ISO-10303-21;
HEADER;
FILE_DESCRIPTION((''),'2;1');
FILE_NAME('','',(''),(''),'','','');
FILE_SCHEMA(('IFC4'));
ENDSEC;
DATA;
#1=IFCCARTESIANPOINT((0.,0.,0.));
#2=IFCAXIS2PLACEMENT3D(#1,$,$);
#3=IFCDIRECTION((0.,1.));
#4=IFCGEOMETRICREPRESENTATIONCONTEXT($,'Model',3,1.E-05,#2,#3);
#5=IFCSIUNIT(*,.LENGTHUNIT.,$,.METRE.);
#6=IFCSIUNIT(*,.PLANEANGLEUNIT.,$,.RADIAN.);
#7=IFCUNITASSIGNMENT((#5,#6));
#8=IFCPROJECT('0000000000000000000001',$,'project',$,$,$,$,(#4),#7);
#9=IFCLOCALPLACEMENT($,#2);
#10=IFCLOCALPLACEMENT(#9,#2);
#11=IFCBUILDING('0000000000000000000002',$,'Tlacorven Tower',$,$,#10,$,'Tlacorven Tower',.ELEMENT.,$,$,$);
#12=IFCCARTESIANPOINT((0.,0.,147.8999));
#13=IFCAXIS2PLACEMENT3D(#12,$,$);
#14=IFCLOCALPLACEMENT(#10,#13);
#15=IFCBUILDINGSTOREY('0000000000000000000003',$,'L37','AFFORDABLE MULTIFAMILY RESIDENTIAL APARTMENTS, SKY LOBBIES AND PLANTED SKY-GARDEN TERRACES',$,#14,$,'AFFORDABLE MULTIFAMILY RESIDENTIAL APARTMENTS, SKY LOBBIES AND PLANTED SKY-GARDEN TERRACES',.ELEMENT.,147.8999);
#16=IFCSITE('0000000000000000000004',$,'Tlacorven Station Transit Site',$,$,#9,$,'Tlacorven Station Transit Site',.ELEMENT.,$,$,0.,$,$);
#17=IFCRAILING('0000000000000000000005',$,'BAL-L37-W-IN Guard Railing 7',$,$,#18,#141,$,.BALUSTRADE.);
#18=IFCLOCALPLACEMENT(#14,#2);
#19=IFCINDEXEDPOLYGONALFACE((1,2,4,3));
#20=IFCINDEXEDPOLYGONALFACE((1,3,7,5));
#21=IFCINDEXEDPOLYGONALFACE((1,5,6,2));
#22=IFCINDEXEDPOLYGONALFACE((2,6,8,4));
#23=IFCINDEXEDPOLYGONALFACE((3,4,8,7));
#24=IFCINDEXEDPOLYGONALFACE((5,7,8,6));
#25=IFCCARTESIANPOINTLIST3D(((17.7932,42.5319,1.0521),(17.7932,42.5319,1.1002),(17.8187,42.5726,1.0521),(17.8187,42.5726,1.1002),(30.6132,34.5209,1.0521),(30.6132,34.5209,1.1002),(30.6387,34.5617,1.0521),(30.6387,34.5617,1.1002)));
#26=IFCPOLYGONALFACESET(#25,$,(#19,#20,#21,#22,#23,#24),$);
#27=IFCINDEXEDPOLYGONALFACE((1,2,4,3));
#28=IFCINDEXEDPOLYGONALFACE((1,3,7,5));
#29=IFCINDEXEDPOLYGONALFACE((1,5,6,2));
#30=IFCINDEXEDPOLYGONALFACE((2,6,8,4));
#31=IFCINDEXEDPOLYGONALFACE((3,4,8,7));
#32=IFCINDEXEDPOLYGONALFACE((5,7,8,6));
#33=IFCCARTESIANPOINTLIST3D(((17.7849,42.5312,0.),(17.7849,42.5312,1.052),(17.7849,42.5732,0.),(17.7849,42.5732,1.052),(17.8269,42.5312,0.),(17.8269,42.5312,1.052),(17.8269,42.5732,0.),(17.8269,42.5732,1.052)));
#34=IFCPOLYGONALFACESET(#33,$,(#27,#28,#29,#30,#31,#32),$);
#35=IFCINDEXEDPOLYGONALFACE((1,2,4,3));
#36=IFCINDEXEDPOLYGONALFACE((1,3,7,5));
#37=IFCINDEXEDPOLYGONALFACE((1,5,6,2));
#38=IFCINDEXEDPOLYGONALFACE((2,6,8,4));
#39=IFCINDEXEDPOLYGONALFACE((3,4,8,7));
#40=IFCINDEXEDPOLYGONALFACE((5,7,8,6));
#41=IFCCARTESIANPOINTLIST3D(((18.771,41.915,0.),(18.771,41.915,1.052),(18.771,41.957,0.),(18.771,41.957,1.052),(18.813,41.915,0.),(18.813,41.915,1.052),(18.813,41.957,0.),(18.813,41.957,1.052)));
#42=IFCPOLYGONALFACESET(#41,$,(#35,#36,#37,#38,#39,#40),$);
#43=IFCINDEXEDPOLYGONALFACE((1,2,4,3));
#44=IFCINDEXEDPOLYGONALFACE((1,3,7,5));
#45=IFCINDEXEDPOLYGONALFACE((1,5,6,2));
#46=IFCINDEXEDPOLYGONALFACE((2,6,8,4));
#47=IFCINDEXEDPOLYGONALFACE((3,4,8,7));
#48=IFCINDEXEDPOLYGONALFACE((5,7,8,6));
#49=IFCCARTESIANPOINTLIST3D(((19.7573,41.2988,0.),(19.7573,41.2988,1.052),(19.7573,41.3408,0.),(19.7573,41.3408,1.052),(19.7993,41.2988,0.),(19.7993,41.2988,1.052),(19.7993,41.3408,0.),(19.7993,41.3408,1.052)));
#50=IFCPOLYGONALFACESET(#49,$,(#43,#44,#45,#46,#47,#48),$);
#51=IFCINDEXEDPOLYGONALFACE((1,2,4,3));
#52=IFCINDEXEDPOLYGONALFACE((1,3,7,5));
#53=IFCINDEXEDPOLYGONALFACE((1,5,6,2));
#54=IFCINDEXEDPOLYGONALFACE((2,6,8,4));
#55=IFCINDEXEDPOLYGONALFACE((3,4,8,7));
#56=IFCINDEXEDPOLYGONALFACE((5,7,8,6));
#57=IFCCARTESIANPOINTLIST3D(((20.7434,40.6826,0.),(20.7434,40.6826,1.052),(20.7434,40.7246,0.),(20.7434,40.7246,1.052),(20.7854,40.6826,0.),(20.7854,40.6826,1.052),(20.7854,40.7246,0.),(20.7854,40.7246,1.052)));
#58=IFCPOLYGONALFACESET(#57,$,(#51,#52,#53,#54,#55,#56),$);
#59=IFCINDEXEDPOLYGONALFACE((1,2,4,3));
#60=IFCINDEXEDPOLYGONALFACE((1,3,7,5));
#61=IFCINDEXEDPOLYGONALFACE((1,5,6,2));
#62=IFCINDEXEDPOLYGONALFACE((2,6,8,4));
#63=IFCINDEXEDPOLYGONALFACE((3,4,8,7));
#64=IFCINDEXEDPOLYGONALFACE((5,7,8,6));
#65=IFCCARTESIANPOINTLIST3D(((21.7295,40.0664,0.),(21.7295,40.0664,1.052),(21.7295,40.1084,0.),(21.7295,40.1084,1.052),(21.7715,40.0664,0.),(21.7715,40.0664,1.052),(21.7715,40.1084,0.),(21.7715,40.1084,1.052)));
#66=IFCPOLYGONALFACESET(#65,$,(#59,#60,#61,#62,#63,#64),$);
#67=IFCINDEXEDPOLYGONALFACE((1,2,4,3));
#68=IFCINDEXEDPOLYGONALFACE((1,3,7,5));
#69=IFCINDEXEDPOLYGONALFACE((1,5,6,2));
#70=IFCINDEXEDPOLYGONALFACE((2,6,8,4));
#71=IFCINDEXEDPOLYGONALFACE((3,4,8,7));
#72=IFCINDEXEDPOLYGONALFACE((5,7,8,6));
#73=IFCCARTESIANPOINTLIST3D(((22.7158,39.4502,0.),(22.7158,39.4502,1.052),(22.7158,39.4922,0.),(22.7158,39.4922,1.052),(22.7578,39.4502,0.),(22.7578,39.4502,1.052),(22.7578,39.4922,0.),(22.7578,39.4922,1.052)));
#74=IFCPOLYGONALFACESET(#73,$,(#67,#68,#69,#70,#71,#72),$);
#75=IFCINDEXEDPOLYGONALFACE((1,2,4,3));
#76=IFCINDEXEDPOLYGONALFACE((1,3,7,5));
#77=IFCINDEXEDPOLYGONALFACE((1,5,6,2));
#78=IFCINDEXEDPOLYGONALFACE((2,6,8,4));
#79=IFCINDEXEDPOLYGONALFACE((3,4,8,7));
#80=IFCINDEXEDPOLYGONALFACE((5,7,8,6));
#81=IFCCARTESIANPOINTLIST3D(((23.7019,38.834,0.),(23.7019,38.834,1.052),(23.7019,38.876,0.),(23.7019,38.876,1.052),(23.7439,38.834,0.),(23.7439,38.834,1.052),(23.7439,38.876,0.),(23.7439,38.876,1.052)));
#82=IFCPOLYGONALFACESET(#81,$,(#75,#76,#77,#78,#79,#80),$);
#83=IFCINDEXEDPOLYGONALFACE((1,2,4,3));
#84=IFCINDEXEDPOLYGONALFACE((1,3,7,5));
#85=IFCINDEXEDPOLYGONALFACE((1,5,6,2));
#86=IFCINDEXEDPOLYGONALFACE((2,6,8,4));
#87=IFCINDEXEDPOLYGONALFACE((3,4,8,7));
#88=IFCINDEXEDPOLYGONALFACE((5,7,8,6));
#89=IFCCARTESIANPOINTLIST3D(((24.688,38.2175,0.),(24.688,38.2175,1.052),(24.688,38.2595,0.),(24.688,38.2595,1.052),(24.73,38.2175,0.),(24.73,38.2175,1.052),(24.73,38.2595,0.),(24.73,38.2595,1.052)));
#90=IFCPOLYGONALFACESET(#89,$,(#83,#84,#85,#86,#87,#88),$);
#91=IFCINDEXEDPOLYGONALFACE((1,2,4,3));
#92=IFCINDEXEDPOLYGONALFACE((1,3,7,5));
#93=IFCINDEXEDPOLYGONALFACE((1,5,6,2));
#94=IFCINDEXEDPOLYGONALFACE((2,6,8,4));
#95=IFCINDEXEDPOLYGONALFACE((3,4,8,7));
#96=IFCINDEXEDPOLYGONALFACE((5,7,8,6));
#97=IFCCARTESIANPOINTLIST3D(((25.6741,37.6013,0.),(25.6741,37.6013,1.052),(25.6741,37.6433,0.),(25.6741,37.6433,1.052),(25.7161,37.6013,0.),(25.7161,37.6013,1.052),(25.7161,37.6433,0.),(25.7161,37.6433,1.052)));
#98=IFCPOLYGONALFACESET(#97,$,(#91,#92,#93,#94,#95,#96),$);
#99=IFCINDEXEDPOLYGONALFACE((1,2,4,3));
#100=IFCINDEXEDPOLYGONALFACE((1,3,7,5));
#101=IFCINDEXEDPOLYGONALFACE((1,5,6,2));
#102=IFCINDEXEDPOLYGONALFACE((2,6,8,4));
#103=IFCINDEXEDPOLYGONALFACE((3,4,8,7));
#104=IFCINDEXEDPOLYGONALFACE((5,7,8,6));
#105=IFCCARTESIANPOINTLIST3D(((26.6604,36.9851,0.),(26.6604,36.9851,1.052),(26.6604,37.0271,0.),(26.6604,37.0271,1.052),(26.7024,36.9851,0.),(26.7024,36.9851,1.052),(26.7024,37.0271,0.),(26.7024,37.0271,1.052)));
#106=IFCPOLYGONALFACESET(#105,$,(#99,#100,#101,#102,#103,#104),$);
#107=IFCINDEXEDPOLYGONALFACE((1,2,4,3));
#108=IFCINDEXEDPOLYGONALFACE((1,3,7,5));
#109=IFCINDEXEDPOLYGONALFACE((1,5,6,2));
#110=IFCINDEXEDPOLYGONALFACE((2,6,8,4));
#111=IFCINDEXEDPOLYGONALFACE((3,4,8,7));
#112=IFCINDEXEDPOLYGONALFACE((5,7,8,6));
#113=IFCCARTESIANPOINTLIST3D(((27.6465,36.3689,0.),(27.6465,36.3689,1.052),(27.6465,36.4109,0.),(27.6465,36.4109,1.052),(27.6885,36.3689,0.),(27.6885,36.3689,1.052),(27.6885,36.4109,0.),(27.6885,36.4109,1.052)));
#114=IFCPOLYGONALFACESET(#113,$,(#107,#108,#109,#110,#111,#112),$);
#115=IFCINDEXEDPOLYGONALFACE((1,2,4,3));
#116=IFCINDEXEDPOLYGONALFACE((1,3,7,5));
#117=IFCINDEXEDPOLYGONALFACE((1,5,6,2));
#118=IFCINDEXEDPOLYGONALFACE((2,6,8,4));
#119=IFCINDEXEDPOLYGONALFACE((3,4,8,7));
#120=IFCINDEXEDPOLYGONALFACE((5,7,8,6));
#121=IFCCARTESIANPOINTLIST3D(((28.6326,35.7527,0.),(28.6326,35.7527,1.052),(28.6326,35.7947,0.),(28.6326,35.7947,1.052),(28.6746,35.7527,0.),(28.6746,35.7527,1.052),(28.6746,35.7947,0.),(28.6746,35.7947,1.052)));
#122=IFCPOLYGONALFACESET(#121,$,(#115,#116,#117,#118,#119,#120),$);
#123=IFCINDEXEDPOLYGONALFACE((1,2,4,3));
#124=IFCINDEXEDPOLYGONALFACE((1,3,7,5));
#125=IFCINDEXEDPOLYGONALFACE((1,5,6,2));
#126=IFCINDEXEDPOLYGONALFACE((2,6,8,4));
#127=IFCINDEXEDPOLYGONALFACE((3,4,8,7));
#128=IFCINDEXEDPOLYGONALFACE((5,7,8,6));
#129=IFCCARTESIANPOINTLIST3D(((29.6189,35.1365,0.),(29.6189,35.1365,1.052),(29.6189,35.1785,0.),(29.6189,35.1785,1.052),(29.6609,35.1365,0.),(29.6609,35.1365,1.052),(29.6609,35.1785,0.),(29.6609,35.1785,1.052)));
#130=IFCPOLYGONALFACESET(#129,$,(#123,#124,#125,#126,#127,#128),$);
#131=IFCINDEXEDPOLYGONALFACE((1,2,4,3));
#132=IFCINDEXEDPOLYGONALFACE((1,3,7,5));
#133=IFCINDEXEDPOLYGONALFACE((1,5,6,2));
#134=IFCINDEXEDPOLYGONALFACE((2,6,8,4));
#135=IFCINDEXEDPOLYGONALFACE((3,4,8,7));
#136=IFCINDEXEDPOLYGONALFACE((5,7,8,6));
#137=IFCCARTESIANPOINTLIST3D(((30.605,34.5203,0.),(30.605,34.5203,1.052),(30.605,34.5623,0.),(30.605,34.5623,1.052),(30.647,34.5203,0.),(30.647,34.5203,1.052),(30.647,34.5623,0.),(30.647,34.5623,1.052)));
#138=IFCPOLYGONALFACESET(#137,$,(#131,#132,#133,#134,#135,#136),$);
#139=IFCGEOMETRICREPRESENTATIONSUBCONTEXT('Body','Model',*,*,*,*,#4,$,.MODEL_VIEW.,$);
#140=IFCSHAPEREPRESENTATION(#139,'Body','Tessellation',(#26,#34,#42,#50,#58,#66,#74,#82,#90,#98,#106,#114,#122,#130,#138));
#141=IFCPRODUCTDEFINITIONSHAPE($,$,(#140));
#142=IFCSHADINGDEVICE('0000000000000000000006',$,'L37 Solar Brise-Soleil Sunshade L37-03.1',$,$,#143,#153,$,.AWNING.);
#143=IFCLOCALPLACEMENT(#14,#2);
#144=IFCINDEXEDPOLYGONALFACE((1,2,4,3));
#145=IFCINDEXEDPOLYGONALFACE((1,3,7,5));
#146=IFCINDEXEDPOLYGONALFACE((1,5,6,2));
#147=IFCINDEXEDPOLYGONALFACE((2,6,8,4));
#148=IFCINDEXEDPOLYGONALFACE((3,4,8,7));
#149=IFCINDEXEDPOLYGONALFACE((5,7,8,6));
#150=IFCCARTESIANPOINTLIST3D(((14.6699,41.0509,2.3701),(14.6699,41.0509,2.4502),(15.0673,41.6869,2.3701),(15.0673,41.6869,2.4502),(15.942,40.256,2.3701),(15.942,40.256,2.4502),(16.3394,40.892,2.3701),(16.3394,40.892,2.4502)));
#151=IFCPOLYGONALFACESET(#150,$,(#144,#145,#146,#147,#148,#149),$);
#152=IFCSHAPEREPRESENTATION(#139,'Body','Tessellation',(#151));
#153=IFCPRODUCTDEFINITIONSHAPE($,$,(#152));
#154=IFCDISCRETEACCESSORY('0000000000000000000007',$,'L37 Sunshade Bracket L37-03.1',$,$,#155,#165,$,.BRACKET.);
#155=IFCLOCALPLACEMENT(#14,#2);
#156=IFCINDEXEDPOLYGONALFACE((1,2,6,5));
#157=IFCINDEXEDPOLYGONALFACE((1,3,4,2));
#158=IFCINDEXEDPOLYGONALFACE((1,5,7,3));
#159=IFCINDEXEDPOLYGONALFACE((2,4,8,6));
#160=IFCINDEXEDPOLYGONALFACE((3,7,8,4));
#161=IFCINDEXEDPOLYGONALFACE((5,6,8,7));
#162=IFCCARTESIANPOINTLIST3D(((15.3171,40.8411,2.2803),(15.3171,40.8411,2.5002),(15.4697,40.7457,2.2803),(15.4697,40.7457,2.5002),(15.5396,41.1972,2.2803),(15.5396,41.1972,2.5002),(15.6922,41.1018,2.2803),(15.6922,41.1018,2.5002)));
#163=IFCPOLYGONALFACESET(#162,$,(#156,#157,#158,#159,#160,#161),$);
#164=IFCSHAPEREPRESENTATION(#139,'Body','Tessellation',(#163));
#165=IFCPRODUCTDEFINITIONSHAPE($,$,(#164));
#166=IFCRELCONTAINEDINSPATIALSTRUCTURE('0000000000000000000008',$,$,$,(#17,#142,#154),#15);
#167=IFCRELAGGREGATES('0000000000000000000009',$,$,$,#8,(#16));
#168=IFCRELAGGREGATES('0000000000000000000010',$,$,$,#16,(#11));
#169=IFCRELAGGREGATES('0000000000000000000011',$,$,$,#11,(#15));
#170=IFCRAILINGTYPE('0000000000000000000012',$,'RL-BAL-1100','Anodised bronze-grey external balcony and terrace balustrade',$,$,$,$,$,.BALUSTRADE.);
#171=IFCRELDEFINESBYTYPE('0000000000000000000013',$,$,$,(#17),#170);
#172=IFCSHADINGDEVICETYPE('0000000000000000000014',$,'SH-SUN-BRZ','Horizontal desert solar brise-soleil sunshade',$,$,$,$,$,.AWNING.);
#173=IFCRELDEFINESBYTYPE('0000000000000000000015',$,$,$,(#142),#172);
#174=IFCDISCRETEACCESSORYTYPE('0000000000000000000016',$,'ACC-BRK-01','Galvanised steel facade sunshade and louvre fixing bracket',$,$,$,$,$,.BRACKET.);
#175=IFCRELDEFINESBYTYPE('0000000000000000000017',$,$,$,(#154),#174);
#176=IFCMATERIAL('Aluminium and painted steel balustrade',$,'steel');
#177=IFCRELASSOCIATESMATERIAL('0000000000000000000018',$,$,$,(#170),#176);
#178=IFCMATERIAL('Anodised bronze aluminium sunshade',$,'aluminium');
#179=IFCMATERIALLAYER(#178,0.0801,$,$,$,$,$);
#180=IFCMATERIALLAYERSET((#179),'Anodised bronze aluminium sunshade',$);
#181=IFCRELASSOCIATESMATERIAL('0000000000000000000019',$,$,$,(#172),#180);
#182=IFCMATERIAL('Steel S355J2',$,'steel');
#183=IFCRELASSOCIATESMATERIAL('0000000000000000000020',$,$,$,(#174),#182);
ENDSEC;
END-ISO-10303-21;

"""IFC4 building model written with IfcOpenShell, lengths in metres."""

from ifc_helpers import new_model, si_unit, direction, frame, origin, origin_2d, place, context, subcontext, project, spatial, rectangle, extrude, source, transform, mapped, material, layer, layer_set, type_object, element, save


model = new_model("IFC4")

# Units and contexts
model_context = context("Model", 3, precision=1e-05, world=origin(), true_north=direction((0.0, 1.0)))
body_context = subcontext(model_context, "Body", "Model", "MODEL_VIEW")
ifc_project = project(units=[si_unit("LENGTHUNIT", "METRE"), si_unit("PLANEANGLEUNIT", "RADIAN")], contexts=[model_context])

# Site, building, storey
site_placement = place(None, origin())
site = spatial("IfcSite", under=ifc_project, at=site_placement, Name="Tlacorven Station Transit Site", LongName="Tlacorven Station Transit Site", CompositionType="ELEMENT", RefElevation=0.0)
building_placement = place(site_placement, origin())
building = spatial("IfcBuilding", under=site, at=building_placement, Name="Tlacorven Tower", LongName="Tlacorven Tower", CompositionType="ELEMENT")
storey_placement = place(building_placement, frame((0.0, 0.0, 147.8999)))
storey = spatial("IfcBuildingStorey", under=building, at=storey_placement, Name="L37", Description="AFFORDABLE MULTIFAMILY RESIDENTIAL APARTMENTS, SKY LOBBIES AND PLANTED SKY-GARDEN TERRACES", LongName="AFFORDABLE MULTIFAMILY RESIDENTIAL APARTMENTS, SKY LOBBIES AND PLANTED SKY-GARDEN TERRACES", CompositionType="ELEMENT", Elevation=147.8999)

# Shared definitions
ifc_material_1 = material(Name="Steel S355J2", Category="steel")

# Railing
ifc_material_2 = material(Name="Aluminium and painted steel balustrade", Category="steel")
railing_type = type_object("IfcRailingType", Name="RL-BAL-1100", Description="Anodised bronze-grey external balcony and terrace balustrade", PredefinedType="BALUSTRADE", material=ifc_material_2)
shared_shape_1 = source(origin(), body_context, "Body", "SweptSolid", [
    extrude(rectangle(XDim=0.0481, YDim=0.0481, at=origin_2d()), frame((0.0, 0.0, 1.0762), z_axis=(0.848045, -0.529925, 0.0), x_axis=(0.529925, 0.848045, 0.0)), (0.0, 0.0, 1.0), 15.1172),
    extrude(rectangle(XDim=0.042, YDim=0.042, at=origin_2d()), origin(), (0.0, 0.0, 1.0), 1.052),
    extrude(rectangle(XDim=0.042, YDim=0.042, at=origin_2d()), frame((0.9861, -0.6162, 0.0)), (0.0, 0.0, 1.0), 1.052),
    extrude(rectangle(XDim=0.042, YDim=0.042, at=origin_2d()), frame((1.9724, -1.2324, 0.0)), (0.0, 0.0, 1.0), 1.052),
    extrude(rectangle(XDim=0.042, YDim=0.042, at=origin_2d()), frame((2.9585, -1.8486, 0.0)), (0.0, 0.0, 1.0), 1.052),
    extrude(rectangle(XDim=0.042, YDim=0.042, at=origin_2d()), frame((3.9446, -2.4648, 0.0)), (0.0, 0.0, 1.0), 1.052),
    extrude(rectangle(XDim=0.042, YDim=0.042, at=origin_2d()), frame((4.9309, -3.0811, 0.0)), (0.0, 0.0, 1.0), 1.052),
    extrude(rectangle(XDim=0.042, YDim=0.042, at=origin_2d()), frame((5.917, -3.6973, 0.0)), (0.0, 0.0, 1.0), 1.052),
    extrude(rectangle(XDim=0.042, YDim=0.042, at=origin_2d()), frame((6.9031, -4.3137, 0.0)), (0.0, 0.0, 1.0), 1.052),
    extrude(rectangle(XDim=0.042, YDim=0.042, at=origin_2d()), frame((7.8892, -4.9299, 0.0)), (0.0, 0.0, 1.0), 1.052),
    extrude(rectangle(XDim=0.042, YDim=0.042, at=origin_2d()), frame((8.8755, -5.5461, 0.0)), (0.0, 0.0, 1.0), 1.052),
    extrude(rectangle(XDim=0.042, YDim=0.042, at=origin_2d()), frame((9.8616, -6.1624, 0.0)), (0.0, 0.0, 1.0), 1.052),
    extrude(rectangle(XDim=0.042, YDim=0.042, at=origin_2d()), frame((10.8477, -6.7786, 0.0)), (0.0, 0.0, 1.0), 1.052),
    extrude(rectangle(XDim=0.042, YDim=0.042, at=origin_2d()), frame((11.834, -7.3948, 0.0)), (0.0, 0.0, 1.0), 1.052),
    extrude(rectangle(XDim=0.042, YDim=0.042, at=origin_2d()), frame((12.8201, -8.011, 0.0)), (0.0, 0.0, 1.0), 1.052),
])
railing_1_placement = place(storey_placement, frame((17.8059, 42.5522, 0.0)))
element("IfcRailing", 1, at=railing_1_placement, inside=storey, type_object=railing_type, Name="BAL-L37-W-IN Guard Railing 7", PredefinedType="BALUSTRADE", context=body_context, shape_type="MappedRepresentation", body=[
    mapped(shared_shape_1, transform((0.0, 0.0, 0.0), scale=1.0)),
])

# Shading device
ifc_material_3 = material(Name="Anodised bronze aluminium sunshade", Category="aluminium")
ifc_layer_1 = layer(ifc_material_3, 0.0801)
ifc_layer_set_1 = layer_set([ifc_layer_1], Name="Anodised bronze aluminium sunshade")
shading_device_type = type_object("IfcShadingDeviceType", Name="SH-SUN-BRZ", Description="Horizontal desert solar brise-soleil sunshade", PredefinedType="AWNING", material=ifc_layer_set_1)
shared_shape_2 = source(origin(), body_context, "Body", "SweptSolid", [
    extrude(rectangle(XDim=1.5, YDim=0.75, at=origin_2d()), origin(), (0.0, 0.0, 1.0), 0.0801),
])
shading_device_placement = place(storey_placement, frame((15.5046, 40.9714, 2.3701), z_axis=(0.0, 0.0, 1.0), x_axis=(0.848048, -0.529919, 0.0)))
element("IfcShadingDevice", 2, at=shading_device_placement, inside=storey, type_object=shading_device_type, Name="L37 Solar Brise-Soleil Sunshade L37-03.1", PredefinedType="AWNING", context=body_context, shape_type="MappedRepresentation", body=[
    mapped(shared_shape_2, transform((0.0, 0.0, 0.0), scale=1.0)),
])

# Discrete accessory
discrete_accessory_type = type_object("IfcDiscreteAccessoryType", Name="ACC-BRK-01", Description="Galvanised steel facade sunshade and louvre fixing bracket", PredefinedType="BRACKET", material=ifc_material_1)
shared_shape_3 = source(origin(), body_context, "Body", "SweptSolid", [
    extrude(rectangle(XDim=0.1799, YDim=0.4199, at=origin_2d()), origin(), (0.0, 0.0, 1.0), 0.22),
])
discrete_accessory_placement = place(storey_placement, frame((15.5046, 40.9714, 2.2803), z_axis=(0.0, 0.0, 1.0), x_axis=(0.848048, -0.529919, 0.0)))
element("IfcDiscreteAccessory", 3, at=discrete_accessory_placement, inside=storey, type_object=discrete_accessory_type, Name="L37 Sunshade Bracket L37-03.1", PredefinedType="BRACKET", context=body_context, shape_type="MappedRepresentation", body=[
    mapped(shared_shape_3, transform((0.0, 0.0, 0.0), scale=1.0)),
])

save(model, "model.ifc")
